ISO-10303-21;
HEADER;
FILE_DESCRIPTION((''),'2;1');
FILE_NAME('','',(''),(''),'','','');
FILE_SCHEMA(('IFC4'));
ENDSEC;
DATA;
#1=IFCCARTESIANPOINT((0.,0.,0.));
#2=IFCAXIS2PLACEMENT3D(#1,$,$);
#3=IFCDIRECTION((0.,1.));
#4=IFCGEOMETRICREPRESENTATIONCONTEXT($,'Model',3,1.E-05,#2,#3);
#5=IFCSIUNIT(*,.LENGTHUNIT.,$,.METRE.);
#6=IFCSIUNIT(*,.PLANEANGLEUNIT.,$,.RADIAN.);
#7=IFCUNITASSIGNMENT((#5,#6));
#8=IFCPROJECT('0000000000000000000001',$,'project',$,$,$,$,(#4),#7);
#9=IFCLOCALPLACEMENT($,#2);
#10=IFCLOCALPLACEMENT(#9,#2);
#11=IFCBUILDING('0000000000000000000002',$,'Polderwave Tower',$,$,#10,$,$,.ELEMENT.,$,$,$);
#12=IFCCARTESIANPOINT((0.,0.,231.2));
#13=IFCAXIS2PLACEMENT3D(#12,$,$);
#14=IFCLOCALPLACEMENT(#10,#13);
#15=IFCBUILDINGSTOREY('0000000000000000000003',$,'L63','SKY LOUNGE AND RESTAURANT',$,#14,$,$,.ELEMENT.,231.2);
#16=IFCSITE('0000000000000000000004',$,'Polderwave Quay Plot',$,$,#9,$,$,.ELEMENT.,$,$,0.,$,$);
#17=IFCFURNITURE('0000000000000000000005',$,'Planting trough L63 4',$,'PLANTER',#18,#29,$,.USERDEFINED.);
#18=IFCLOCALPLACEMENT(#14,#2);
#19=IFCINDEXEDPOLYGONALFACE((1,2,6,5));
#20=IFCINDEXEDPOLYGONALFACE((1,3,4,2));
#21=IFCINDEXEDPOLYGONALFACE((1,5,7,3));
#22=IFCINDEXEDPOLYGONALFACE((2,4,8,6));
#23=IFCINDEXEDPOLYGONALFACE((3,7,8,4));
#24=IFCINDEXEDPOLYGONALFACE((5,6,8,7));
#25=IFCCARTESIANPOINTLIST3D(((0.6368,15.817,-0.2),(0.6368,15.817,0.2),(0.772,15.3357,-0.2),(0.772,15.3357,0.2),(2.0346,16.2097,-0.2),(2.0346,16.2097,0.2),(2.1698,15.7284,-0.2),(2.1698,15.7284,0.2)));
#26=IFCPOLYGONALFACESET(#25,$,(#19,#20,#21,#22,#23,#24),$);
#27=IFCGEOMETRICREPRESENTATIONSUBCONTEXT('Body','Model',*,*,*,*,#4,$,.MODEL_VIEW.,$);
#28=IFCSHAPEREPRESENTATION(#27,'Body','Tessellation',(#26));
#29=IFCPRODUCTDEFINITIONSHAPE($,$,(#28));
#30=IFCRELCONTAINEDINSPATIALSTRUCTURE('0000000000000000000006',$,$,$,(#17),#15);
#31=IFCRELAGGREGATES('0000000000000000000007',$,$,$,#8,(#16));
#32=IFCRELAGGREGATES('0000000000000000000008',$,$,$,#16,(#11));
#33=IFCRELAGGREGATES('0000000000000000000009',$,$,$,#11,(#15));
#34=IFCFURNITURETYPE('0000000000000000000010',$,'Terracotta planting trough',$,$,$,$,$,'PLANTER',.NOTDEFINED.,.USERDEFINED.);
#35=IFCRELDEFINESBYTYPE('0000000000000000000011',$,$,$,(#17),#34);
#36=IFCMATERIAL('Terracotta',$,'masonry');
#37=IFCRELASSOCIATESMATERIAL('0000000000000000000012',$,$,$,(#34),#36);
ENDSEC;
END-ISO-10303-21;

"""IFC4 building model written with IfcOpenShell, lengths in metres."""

from ifc_helpers import new_model, si_unit, direction, frame, origin, origin_2d, place, context, subcontext, project, spatial, rectangle, extrude, material, type_object, element, save


model = new_model("IFC4")

# Units and contexts
model_context = context("Model", 3, precision=1e-05, world=origin(), true_north=direction((0.0, 1.0)))
body_context = subcontext(model_context, "Body", "Model", "MODEL_VIEW")
ifc_project = project(units=[si_unit("LENGTHUNIT", "METRE"), si_unit("PLANEANGLEUNIT", "RADIAN")], contexts=[model_context])

# Site, building, storey
site_placement = place(None, origin())
site = spatial("IfcSite", under=ifc_project, at=site_placement, Name="Polderwave Quay Plot", CompositionType="ELEMENT", RefElevation=0.0)
building_placement = place(site_placement, origin())
building = spatial("IfcBuilding", under=site, at=building_placement, Name="Polderwave Tower", CompositionType="ELEMENT")
storey_placement = place(building_placement, frame((0.0, 0.0, 231.2)))
storey = spatial("IfcBuildingStorey", under=building, at=storey_placement, Name="L63", Description="SKY LOUNGE AND RESTAURANT", CompositionType="ELEMENT", Elevation=231.2)

# Furniture
ifc_material_1 = material(Name="Terracotta", Category="masonry")
furniture_type = type_object("IfcFurnitureType", Name="Terracotta planting trough", ElementType="PLANTER", AssemblyPlace="NOTDEFINED", PredefinedType="USERDEFINED", material=ifc_material_1)
furniture_placement = place(storey_placement, frame((1.4033, 15.7727, -0.2), z_axis=(0.0, 0.0, 1.0), x_axis=(-0.962729, -0.270468, 0.0)))
element("IfcFurniture", 1, at=furniture_placement, inside=storey, type_object=furniture_type, Name="Planting trough L63 4", ObjectType="PLANTER", PredefinedType="USERDEFINED", context=body_context, shape_type="SweptSolid", body=[
    extrude(rectangle(XDim=1.4519, YDim=0.5, at=origin_2d()), origin(), (0.0, 0.0, 1.0), 0.3999),
])

save(model, "model.ifc")
